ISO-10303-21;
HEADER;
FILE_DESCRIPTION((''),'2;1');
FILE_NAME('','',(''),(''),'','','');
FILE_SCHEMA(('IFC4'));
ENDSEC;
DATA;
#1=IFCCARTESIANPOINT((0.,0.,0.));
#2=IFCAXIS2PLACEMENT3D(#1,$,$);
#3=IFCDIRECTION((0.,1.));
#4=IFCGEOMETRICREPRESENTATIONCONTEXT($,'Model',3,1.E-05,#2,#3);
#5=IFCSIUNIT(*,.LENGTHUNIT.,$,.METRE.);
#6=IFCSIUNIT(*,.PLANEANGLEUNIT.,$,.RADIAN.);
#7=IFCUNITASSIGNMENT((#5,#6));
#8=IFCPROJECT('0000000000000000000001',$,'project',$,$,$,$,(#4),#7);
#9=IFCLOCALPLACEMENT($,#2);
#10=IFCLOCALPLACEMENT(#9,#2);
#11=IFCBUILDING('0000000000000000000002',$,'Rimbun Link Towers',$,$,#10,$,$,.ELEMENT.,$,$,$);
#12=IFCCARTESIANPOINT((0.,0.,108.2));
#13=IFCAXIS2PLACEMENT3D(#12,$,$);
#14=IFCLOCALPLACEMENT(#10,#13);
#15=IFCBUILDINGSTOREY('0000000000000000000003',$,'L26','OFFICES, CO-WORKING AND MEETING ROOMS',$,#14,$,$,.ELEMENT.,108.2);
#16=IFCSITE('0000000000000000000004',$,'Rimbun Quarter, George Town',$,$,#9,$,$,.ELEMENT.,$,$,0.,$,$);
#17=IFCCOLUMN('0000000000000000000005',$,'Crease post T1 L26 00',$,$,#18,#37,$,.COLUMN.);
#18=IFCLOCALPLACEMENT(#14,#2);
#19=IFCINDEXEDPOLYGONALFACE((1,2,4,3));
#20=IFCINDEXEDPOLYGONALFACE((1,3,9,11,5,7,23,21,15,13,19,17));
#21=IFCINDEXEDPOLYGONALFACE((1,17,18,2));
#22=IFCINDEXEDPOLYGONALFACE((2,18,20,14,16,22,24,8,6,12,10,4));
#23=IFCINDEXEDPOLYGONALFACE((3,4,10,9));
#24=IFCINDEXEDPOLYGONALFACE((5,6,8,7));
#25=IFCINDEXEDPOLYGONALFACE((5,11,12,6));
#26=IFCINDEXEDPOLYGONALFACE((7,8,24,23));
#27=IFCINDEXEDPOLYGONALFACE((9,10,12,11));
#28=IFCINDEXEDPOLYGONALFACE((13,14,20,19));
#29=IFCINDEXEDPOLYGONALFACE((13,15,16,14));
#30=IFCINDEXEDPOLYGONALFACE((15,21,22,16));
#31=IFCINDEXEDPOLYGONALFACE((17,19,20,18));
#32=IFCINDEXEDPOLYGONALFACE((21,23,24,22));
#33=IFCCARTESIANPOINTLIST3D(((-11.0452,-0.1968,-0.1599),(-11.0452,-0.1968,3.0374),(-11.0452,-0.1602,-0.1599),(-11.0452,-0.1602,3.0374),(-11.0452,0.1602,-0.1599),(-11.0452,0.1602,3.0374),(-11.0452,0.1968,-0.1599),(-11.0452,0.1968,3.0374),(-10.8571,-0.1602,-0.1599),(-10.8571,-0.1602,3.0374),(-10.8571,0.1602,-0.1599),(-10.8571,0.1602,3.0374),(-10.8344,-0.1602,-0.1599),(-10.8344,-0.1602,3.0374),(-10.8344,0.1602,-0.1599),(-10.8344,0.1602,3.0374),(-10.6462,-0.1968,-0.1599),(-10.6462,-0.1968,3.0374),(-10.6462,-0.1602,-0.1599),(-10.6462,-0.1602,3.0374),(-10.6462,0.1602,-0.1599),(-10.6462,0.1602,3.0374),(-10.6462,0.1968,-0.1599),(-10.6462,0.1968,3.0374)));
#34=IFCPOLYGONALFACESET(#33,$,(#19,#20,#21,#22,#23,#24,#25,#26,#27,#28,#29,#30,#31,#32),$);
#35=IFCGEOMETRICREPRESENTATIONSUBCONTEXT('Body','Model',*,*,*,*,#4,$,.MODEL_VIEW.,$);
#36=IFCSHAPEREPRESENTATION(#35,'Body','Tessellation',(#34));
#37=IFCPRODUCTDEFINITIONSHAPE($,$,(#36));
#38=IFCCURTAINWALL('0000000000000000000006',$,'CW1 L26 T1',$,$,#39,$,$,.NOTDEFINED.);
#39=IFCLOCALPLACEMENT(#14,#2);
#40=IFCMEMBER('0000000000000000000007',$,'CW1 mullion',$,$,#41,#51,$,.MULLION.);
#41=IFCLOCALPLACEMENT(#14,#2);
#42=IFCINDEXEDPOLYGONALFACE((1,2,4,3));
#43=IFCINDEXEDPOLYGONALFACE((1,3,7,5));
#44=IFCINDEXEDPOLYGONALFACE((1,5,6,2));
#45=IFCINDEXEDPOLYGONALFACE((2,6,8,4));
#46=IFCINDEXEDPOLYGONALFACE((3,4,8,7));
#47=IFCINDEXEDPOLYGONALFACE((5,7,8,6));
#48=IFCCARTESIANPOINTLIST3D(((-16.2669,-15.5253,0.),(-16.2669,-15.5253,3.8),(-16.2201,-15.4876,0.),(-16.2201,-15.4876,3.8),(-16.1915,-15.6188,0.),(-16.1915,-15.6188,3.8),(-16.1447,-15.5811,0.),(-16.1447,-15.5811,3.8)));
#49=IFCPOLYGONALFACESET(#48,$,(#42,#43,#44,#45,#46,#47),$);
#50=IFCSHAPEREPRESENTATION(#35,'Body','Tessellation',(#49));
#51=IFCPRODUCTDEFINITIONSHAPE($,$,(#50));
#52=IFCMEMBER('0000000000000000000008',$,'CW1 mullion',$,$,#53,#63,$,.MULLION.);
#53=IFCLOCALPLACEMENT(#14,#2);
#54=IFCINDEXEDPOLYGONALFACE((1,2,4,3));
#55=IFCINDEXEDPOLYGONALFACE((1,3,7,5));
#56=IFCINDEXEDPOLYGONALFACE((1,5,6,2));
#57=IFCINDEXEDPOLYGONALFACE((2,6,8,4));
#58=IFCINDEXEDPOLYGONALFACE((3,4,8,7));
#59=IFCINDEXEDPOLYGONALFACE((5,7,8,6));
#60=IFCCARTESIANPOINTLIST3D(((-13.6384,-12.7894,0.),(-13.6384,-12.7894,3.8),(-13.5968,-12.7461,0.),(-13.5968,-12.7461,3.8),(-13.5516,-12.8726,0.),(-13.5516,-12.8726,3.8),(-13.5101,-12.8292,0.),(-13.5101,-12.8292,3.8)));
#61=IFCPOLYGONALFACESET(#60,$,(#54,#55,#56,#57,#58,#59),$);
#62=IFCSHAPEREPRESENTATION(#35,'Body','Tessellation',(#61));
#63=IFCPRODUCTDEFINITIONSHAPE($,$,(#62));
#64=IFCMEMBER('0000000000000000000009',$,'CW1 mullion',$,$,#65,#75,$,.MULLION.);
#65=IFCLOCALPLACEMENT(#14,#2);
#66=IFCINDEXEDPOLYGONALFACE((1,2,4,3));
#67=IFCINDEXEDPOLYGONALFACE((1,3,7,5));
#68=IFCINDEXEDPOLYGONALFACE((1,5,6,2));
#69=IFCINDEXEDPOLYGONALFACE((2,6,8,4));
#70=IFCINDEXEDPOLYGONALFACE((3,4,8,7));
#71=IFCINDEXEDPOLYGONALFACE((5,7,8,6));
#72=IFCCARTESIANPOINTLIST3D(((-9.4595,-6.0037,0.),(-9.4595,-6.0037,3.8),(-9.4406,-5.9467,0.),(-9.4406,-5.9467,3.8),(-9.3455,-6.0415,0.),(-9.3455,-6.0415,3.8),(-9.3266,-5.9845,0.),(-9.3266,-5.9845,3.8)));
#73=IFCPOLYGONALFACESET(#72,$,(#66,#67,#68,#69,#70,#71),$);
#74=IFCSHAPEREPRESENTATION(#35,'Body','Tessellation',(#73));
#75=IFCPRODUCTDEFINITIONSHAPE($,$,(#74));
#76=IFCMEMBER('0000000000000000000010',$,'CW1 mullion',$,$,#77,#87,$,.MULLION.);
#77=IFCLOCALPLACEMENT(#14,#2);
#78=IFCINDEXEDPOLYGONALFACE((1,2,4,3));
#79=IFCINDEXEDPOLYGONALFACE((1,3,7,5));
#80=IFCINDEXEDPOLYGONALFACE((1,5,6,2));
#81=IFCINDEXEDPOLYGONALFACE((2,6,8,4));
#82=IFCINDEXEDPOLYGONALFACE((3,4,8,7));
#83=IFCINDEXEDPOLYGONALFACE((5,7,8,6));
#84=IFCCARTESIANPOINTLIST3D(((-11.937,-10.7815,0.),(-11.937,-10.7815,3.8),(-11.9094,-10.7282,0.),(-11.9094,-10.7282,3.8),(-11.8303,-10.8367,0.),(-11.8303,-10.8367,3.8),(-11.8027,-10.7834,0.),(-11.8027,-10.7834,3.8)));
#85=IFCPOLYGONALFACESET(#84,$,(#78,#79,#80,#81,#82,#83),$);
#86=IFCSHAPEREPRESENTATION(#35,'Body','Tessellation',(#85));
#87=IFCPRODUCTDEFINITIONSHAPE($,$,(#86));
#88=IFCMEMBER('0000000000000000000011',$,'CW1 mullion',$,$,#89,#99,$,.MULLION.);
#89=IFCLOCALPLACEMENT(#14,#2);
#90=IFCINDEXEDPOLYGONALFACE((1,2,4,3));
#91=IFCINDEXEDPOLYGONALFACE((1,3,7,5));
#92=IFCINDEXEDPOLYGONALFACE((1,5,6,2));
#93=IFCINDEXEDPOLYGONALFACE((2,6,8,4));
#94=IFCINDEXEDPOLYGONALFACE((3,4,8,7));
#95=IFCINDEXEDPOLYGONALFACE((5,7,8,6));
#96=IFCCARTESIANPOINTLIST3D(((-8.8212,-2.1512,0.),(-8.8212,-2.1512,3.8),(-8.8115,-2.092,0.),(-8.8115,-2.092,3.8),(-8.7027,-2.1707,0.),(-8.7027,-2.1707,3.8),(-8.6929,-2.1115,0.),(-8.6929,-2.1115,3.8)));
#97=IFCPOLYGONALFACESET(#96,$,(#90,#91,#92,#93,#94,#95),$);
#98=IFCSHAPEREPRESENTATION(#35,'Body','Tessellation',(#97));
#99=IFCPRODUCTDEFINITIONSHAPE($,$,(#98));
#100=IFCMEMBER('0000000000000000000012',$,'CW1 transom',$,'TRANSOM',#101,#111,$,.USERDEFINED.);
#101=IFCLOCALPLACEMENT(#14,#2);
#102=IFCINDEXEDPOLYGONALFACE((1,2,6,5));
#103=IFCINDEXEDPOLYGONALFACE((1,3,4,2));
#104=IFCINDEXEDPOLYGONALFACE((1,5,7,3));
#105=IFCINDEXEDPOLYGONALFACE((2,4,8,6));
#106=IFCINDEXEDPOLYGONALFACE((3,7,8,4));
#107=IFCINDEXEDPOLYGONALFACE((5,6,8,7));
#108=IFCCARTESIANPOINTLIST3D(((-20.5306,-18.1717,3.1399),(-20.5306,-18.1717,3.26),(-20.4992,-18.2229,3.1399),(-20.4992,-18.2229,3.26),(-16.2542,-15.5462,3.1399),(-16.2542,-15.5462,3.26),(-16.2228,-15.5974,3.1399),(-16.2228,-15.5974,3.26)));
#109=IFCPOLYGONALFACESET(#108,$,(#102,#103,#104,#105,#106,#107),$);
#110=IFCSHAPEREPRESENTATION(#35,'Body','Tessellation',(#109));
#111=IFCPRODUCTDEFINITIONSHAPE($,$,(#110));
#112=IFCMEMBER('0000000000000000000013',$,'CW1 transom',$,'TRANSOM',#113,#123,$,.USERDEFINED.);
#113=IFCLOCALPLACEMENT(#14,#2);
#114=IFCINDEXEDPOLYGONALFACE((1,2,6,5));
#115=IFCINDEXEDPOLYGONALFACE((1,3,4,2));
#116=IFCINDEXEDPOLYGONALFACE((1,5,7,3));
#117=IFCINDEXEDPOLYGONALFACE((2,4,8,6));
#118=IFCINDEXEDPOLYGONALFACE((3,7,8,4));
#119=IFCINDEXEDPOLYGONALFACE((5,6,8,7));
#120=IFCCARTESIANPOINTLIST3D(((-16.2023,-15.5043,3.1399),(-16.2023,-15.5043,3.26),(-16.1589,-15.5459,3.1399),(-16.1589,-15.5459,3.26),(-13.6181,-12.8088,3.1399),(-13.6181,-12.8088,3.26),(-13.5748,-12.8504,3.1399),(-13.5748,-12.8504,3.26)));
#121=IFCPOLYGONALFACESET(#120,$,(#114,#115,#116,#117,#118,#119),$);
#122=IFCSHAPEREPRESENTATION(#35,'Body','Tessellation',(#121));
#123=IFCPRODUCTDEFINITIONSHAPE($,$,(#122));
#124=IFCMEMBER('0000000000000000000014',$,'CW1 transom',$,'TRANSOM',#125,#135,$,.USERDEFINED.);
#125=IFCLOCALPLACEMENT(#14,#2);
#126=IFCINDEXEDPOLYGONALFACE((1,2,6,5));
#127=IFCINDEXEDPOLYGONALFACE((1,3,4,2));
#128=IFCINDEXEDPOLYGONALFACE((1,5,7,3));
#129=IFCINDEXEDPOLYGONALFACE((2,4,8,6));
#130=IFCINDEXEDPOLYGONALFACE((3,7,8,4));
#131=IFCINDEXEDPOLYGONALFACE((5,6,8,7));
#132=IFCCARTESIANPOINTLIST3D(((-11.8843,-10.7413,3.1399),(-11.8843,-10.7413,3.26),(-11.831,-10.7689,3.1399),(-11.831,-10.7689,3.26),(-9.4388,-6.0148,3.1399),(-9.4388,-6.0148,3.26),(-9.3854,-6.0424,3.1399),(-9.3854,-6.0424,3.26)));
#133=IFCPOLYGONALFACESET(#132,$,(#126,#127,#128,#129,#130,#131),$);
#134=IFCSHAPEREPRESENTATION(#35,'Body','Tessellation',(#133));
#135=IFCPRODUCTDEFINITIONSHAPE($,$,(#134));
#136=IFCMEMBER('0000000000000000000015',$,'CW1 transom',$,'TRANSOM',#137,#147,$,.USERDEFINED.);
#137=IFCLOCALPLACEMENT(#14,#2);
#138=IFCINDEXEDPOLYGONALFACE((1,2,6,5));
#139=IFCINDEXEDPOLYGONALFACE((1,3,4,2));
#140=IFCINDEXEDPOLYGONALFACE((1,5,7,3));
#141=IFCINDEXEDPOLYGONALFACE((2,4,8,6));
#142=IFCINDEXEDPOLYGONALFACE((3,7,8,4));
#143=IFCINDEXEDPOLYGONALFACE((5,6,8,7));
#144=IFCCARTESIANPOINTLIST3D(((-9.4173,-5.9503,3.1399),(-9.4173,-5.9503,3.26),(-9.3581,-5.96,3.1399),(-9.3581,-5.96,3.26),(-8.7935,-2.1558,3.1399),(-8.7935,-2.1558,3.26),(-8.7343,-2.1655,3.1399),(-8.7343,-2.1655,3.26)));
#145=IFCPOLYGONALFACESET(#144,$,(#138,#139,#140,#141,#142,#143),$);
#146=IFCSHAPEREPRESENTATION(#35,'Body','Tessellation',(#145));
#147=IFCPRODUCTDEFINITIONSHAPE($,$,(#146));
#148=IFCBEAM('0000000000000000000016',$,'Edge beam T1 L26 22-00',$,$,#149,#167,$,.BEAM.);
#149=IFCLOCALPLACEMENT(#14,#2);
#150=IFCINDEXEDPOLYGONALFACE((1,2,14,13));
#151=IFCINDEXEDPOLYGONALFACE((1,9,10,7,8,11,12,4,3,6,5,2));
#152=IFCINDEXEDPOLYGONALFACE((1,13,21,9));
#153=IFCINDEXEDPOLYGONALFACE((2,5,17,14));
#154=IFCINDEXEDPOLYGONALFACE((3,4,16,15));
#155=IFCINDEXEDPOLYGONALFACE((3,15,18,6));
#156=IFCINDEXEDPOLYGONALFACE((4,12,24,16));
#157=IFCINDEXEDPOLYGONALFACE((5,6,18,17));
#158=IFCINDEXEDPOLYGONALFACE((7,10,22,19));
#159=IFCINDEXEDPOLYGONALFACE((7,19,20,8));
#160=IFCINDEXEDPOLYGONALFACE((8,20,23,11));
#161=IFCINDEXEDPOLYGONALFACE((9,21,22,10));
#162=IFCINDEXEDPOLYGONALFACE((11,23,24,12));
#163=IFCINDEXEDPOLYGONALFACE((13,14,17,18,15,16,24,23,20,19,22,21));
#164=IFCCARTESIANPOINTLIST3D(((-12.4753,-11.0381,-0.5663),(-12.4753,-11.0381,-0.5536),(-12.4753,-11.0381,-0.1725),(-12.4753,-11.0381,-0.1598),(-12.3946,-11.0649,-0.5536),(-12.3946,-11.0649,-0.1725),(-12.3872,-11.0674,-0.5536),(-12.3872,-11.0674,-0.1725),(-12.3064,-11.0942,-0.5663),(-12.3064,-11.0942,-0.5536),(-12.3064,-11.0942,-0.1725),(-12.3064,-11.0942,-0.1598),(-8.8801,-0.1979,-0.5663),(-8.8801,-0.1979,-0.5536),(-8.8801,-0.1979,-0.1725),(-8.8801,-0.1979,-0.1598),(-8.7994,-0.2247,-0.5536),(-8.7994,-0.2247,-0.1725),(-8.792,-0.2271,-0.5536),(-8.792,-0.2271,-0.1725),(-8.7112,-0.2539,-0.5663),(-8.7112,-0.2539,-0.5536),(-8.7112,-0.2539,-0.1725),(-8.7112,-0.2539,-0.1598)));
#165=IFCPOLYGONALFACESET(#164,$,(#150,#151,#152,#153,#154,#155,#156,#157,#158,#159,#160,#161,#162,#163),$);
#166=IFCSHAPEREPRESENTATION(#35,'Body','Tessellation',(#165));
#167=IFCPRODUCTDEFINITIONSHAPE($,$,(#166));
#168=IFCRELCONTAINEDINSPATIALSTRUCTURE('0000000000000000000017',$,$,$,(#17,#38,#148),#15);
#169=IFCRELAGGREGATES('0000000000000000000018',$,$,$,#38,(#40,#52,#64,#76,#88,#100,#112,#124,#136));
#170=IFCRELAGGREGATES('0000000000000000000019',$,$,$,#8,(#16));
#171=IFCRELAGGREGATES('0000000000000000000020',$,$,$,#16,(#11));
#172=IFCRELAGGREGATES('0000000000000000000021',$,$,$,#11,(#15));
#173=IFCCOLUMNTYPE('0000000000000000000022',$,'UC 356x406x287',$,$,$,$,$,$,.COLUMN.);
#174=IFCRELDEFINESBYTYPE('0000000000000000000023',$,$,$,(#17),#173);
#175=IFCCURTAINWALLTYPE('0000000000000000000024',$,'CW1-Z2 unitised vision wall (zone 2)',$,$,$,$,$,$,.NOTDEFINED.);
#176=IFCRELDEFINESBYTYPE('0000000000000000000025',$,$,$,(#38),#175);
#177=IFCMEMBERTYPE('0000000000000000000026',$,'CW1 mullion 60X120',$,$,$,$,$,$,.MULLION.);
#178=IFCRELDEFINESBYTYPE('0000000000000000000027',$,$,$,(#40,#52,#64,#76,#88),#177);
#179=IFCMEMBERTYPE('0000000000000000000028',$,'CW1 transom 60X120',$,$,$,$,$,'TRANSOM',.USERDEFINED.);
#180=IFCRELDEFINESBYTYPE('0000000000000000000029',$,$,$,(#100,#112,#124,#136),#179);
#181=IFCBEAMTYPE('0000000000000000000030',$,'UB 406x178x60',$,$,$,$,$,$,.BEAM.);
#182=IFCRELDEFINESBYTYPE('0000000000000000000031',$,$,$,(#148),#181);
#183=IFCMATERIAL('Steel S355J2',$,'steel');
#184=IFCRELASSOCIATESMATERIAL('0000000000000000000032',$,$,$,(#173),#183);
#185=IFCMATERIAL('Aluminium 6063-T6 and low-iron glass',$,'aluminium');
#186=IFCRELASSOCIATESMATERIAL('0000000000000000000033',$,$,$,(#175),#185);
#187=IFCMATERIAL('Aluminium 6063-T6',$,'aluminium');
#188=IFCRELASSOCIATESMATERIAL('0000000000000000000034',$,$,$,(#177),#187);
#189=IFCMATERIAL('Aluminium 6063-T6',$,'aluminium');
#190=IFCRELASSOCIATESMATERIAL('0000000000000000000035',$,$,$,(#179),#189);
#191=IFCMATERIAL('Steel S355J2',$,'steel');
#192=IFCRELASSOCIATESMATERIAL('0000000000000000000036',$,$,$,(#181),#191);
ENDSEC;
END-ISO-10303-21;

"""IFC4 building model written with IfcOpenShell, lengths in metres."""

from ifc_helpers import new_model, si_unit, direction, frame, origin, origin_2d, place, context, subcontext, project, spatial, rectangle, i_section, extrude, material, material_profile, profile_set, type_object, element, aggregate, save


model = new_model("IFC4")

# Units and contexts
model_context = context("Model", 3, precision=1e-05, world=origin(), true_north=direction((0.0, 1.0)))
body_context = subcontext(model_context, "Body", "Model", "MODEL_VIEW")
ifc_project = project(units=[si_unit("LENGTHUNIT", "METRE"), si_unit("PLANEANGLEUNIT", "RADIAN")], contexts=[model_context])

# Site, building, storey
site_placement = place(None, origin())
site = spatial("IfcSite", under=ifc_project, at=site_placement, Name="Rimbun Quarter, George Town", CompositionType="ELEMENT", RefElevation=0.0)
building_placement = place(site_placement, origin())
building = spatial("IfcBuilding", under=site, at=building_placement, Name="Rimbun Link Towers", CompositionType="ELEMENT")
storey_placement = place(building_placement, frame((0.0, 0.0, 108.2)))
storey = spatial("IfcBuildingStorey", under=building, at=storey_placement, Name="L26", Description="OFFICES, CO-WORKING AND MEETING ROOMS", CompositionType="ELEMENT", Elevation=108.2)

# Column
ifc_material_1 = material(Name="Steel S355J2", Category="steel")
ifc_material_profile_1 = material_profile(ifc_material_1, i_section(OverallWidth=0.3989, OverallDepth=0.3936, WebThickness=0.0227, FlangeThickness=0.0366, at=origin_2d()), Name="UC 356x406x287")
ifc_profile_set_1 = profile_set([ifc_material_profile_1], Name="Steel S355J2")
column_type = type_object("IfcColumnType", Name="UC 356x406x287", PredefinedType="COLUMN", material=ifc_profile_set_1)
column_placement = place(storey_placement, frame((-10.8457, 0.0, -0.1599), z_axis=(0.0, 0.0, 1.0), x_axis=(1.0, 0.0, 0.0)))
element("IfcColumn", 1, at=column_placement, inside=storey, type_object=column_type, Name="Crease post T1 L26 00", PredefinedType="COLUMN", context=body_context, shape_type="SweptSolid", body=[
    extrude(i_section(OverallWidth=0.3989, OverallDepth=0.3936, WebThickness=0.0227, FlangeThickness=0.0366, at=origin_2d()), origin(), (0.0, 0.0, 1.0), 3.1973),
])

# Curtain wall, members
ifc_material_2 = material(Name="Aluminium 6063-T6 and low-iron glass", Category="aluminium")
curtain_wall_type = type_object("IfcCurtainWallType", Name="CW1-Z2 unitised vision wall (zone 2)", PredefinedType="NOTDEFINED", material=ifc_material_2)
curtain_wall_placement = place(storey_placement, origin())
curtain_wall = element("IfcCurtainWall", 2, at=curtain_wall_placement, inside=storey, type_object=curtain_wall_type, Name="CW1 L26 T1", PredefinedType="NOTDEFINED")
ifc_material_3 = material(Name="Aluminium 6063-T6", Category="aluminium")
ifc_material_profile_2 = material_profile(ifc_material_3, rectangle(XDim=0.1201, YDim=0.0601, at=origin_2d()), Name="MULLION 60X120")
ifc_profile_set_2 = profile_set([ifc_material_profile_2], Name="Aluminium 6063-T6")
member_type_1 = type_object("IfcMemberType", Name="CW1 mullion 60X120", PredefinedType="MULLION", material=ifc_profile_set_2)
member_1_placement = place(storey_placement, frame((-16.2058, -15.5532, 0.0), z_axis=(0.0, 0.0, 1.0), x_axis=(0.62767, -0.778479, 0.0)))
member_1 = element("IfcMember", 3, at=member_1_placement, type_object=member_type_1, Name="CW1 mullion", PredefinedType="MULLION", context=body_context, shape_type="SweptSolid", body=[
    extrude(rectangle(XDim=0.1201, YDim=0.0601, at=origin_2d()), origin(), (0.0, 0.0, 1.0), 3.8),
])
member_2_placement = place(storey_placement, frame((-13.5742, -12.8093, 0.0), z_axis=(0.0, 0.0, 1.0), x_axis=(0.721845, -0.692055, 0.0)))
member_2 = element("IfcMember", 4, at=member_2_placement, type_object=member_type_1, Name="CW1 mullion", PredefinedType="MULLION", context=body_context, shape_type="SweptSolid", body=[
    extrude(rectangle(XDim=0.1201, YDim=0.0601, at=origin_2d()), origin(), (0.0, 0.0, 1.0), 3.8),
])
member_3_placement = place(storey_placement, frame((-9.3931, -5.9941, 0.0), z_axis=(0.0, 0.0, 1.0), x_axis=(0.949163, -0.314786, 0.0)))
member_3 = element("IfcMember", 5, at=member_3_placement, type_object=member_type_1, Name="CW1 mullion", PredefinedType="MULLION", context=body_context, shape_type="SweptSolid", body=[
    extrude(rectangle(XDim=0.1201, YDim=0.0601, at=origin_2d()), origin(), (0.0, 0.0, 1.0), 3.8),
])
member_4_placement = place(storey_placement, frame((-11.8699, -10.7825, 0.0), z_axis=(0.0, 0.0, 1.0), x_axis=(0.888149, -0.459555, 0.0)))
member_4 = element("IfcMember", 6, at=member_4_placement, type_object=member_type_1, Name="CW1 mullion", PredefinedType="MULLION", context=body_context, shape_type="SweptSolid", body=[
    extrude(rectangle(XDim=0.1201, YDim=0.0601, at=origin_2d()), origin(), (0.0, 0.0, 1.0), 3.8),
])
member_5_placement = place(storey_placement, frame((-8.7571, -2.1313, 0.0), z_axis=(0.0, 0.0, 1.0), x_axis=(0.98675, -0.162248, 0.0)))
member_5 = element("IfcMember", 7, at=member_5_placement, type_object=member_type_1, Name="CW1 mullion", PredefinedType="MULLION", context=body_context, shape_type="SweptSolid", body=[
    extrude(rectangle(XDim=0.1201, YDim=0.0601, at=origin_2d()), origin(), (0.0, 0.0, 1.0), 3.8),
])
ifc_material_4 = material(Name="Aluminium 6063-T6", Category="aluminium")
ifc_material_profile_3 = material_profile(ifc_material_4, rectangle(XDim=0.0601, YDim=0.1201, at=origin_2d()), Name="TRANSOM 60X120")
ifc_profile_set_3 = profile_set([ifc_material_profile_3], Name="Aluminium 6063-T6")
member_type_2 = type_object("IfcMemberType", Name="CW1 transom 60X120", ElementType="TRANSOM", PredefinedType="USERDEFINED", material=ifc_profile_set_3)
member_6_placement = place(storey_placement, frame((-16.2385, -15.5718, 3.2), z_axis=(-0.852202, -0.523212, 0.0), x_axis=(0.523212, -0.852202, 0.0)))
member_6 = element("IfcMember", 8, at=member_6_placement, type_object=member_type_2, Name="CW1 transom", ObjectType="TRANSOM", PredefinedType="USERDEFINED", context=body_context, shape_type="SweptSolid", body=[
    extrude(rectangle(XDim=0.0601, YDim=0.1201, at=origin_2d()), origin(), (0.0, 0.0, 1.0), 5.0181),
])
member_7_placement = place(storey_placement, frame((-13.5964, -12.8296, 3.2), z_axis=(-0.692043, -0.721856, 0.0), x_axis=(0.721856, -0.692043, 0.0)))
member_7 = element("IfcMember", 9, at=member_7_placement, type_object=member_type_2, Name="CW1 transom", ObjectType="TRANSOM", PredefinedType="USERDEFINED", context=body_context, shape_type="SweptSolid", body=[
    extrude(rectangle(XDim=0.0601, YDim=0.1201, at=origin_2d()), origin(), (0.0, 0.0, 1.0), 3.7341),
])
member_8_placement = place(storey_placement, frame((-9.4121, -6.0286, 3.2), z_axis=(-0.459539, -0.888158, 0.0), x_axis=(0.888158, -0.459539, 0.0)))
member_8 = element("IfcMember", 10, at=member_8_placement, type_object=member_type_2, Name="CW1 transom", ObjectType="TRANSOM", PredefinedType="USERDEFINED", context=body_context, shape_type="SweptSolid", body=[
    extrude(rectangle(XDim=0.0601, YDim=0.1201, at=origin_2d()), origin(), (0.0, 0.0, 1.0), 5.3218),
])
member_9_placement = place(storey_placement, frame((-8.7639, -2.1606, 3.2), z_axis=(-0.162216, -0.986755, 0.0), x_axis=(0.986755, -0.162216, 0.0)))
member_9 = element("IfcMember", 11, at=member_9_placement, type_object=member_type_2, Name="CW1 transom", ObjectType="TRANSOM", PredefinedType="USERDEFINED", context=body_context, shape_type="SweptSolid", body=[
    extrude(rectangle(XDim=0.0601, YDim=0.1201, at=origin_2d()), origin(), (0.0, 0.0, 1.0), 3.8455),
])

# Beam
ifc_material_5 = material(Name="Steel S355J2", Category="steel")
ifc_material_profile_4 = material_profile(ifc_material_5, i_section(OverallWidth=0.178, OverallDepth=0.4065, WebThickness=0.0078, FlangeThickness=0.0127, at=origin_2d()), Name="UB 406x178x60")
ifc_profile_set_4 = profile_set([ifc_material_profile_4], Name="Steel S355J2")
beam_type_1 = type_object("IfcBeamType", Name="UB 406x178x60", PredefinedType="BEAM", material=ifc_profile_set_4)
beam_1_placement = place(storey_placement, frame((-12.3909, -11.0662, -0.363), z_axis=(0.314791, 0.949161, 0.0), x_axis=(-0.949161, 0.314791, 0.0)))
element("IfcBeam", 12, at=beam_1_placement, inside=storey, type_object=beam_type_1, Name="Edge beam T1 L26 22-00", PredefinedType="BEAM", context=body_context, shape_type="SweptSolid", body=[
    extrude(i_section(OverallWidth=0.178, OverallDepth=0.4065, WebThickness=0.0078, FlangeThickness=0.0127, at=origin_2d()), origin(), (0.0, 0.0, 1.0), 11.4209),
])

aggregate(curtain_wall, [member_1, member_2, member_3, member_4, member_5, member_6, member_7, member_8, member_9])

save(model, "model.ifc")
